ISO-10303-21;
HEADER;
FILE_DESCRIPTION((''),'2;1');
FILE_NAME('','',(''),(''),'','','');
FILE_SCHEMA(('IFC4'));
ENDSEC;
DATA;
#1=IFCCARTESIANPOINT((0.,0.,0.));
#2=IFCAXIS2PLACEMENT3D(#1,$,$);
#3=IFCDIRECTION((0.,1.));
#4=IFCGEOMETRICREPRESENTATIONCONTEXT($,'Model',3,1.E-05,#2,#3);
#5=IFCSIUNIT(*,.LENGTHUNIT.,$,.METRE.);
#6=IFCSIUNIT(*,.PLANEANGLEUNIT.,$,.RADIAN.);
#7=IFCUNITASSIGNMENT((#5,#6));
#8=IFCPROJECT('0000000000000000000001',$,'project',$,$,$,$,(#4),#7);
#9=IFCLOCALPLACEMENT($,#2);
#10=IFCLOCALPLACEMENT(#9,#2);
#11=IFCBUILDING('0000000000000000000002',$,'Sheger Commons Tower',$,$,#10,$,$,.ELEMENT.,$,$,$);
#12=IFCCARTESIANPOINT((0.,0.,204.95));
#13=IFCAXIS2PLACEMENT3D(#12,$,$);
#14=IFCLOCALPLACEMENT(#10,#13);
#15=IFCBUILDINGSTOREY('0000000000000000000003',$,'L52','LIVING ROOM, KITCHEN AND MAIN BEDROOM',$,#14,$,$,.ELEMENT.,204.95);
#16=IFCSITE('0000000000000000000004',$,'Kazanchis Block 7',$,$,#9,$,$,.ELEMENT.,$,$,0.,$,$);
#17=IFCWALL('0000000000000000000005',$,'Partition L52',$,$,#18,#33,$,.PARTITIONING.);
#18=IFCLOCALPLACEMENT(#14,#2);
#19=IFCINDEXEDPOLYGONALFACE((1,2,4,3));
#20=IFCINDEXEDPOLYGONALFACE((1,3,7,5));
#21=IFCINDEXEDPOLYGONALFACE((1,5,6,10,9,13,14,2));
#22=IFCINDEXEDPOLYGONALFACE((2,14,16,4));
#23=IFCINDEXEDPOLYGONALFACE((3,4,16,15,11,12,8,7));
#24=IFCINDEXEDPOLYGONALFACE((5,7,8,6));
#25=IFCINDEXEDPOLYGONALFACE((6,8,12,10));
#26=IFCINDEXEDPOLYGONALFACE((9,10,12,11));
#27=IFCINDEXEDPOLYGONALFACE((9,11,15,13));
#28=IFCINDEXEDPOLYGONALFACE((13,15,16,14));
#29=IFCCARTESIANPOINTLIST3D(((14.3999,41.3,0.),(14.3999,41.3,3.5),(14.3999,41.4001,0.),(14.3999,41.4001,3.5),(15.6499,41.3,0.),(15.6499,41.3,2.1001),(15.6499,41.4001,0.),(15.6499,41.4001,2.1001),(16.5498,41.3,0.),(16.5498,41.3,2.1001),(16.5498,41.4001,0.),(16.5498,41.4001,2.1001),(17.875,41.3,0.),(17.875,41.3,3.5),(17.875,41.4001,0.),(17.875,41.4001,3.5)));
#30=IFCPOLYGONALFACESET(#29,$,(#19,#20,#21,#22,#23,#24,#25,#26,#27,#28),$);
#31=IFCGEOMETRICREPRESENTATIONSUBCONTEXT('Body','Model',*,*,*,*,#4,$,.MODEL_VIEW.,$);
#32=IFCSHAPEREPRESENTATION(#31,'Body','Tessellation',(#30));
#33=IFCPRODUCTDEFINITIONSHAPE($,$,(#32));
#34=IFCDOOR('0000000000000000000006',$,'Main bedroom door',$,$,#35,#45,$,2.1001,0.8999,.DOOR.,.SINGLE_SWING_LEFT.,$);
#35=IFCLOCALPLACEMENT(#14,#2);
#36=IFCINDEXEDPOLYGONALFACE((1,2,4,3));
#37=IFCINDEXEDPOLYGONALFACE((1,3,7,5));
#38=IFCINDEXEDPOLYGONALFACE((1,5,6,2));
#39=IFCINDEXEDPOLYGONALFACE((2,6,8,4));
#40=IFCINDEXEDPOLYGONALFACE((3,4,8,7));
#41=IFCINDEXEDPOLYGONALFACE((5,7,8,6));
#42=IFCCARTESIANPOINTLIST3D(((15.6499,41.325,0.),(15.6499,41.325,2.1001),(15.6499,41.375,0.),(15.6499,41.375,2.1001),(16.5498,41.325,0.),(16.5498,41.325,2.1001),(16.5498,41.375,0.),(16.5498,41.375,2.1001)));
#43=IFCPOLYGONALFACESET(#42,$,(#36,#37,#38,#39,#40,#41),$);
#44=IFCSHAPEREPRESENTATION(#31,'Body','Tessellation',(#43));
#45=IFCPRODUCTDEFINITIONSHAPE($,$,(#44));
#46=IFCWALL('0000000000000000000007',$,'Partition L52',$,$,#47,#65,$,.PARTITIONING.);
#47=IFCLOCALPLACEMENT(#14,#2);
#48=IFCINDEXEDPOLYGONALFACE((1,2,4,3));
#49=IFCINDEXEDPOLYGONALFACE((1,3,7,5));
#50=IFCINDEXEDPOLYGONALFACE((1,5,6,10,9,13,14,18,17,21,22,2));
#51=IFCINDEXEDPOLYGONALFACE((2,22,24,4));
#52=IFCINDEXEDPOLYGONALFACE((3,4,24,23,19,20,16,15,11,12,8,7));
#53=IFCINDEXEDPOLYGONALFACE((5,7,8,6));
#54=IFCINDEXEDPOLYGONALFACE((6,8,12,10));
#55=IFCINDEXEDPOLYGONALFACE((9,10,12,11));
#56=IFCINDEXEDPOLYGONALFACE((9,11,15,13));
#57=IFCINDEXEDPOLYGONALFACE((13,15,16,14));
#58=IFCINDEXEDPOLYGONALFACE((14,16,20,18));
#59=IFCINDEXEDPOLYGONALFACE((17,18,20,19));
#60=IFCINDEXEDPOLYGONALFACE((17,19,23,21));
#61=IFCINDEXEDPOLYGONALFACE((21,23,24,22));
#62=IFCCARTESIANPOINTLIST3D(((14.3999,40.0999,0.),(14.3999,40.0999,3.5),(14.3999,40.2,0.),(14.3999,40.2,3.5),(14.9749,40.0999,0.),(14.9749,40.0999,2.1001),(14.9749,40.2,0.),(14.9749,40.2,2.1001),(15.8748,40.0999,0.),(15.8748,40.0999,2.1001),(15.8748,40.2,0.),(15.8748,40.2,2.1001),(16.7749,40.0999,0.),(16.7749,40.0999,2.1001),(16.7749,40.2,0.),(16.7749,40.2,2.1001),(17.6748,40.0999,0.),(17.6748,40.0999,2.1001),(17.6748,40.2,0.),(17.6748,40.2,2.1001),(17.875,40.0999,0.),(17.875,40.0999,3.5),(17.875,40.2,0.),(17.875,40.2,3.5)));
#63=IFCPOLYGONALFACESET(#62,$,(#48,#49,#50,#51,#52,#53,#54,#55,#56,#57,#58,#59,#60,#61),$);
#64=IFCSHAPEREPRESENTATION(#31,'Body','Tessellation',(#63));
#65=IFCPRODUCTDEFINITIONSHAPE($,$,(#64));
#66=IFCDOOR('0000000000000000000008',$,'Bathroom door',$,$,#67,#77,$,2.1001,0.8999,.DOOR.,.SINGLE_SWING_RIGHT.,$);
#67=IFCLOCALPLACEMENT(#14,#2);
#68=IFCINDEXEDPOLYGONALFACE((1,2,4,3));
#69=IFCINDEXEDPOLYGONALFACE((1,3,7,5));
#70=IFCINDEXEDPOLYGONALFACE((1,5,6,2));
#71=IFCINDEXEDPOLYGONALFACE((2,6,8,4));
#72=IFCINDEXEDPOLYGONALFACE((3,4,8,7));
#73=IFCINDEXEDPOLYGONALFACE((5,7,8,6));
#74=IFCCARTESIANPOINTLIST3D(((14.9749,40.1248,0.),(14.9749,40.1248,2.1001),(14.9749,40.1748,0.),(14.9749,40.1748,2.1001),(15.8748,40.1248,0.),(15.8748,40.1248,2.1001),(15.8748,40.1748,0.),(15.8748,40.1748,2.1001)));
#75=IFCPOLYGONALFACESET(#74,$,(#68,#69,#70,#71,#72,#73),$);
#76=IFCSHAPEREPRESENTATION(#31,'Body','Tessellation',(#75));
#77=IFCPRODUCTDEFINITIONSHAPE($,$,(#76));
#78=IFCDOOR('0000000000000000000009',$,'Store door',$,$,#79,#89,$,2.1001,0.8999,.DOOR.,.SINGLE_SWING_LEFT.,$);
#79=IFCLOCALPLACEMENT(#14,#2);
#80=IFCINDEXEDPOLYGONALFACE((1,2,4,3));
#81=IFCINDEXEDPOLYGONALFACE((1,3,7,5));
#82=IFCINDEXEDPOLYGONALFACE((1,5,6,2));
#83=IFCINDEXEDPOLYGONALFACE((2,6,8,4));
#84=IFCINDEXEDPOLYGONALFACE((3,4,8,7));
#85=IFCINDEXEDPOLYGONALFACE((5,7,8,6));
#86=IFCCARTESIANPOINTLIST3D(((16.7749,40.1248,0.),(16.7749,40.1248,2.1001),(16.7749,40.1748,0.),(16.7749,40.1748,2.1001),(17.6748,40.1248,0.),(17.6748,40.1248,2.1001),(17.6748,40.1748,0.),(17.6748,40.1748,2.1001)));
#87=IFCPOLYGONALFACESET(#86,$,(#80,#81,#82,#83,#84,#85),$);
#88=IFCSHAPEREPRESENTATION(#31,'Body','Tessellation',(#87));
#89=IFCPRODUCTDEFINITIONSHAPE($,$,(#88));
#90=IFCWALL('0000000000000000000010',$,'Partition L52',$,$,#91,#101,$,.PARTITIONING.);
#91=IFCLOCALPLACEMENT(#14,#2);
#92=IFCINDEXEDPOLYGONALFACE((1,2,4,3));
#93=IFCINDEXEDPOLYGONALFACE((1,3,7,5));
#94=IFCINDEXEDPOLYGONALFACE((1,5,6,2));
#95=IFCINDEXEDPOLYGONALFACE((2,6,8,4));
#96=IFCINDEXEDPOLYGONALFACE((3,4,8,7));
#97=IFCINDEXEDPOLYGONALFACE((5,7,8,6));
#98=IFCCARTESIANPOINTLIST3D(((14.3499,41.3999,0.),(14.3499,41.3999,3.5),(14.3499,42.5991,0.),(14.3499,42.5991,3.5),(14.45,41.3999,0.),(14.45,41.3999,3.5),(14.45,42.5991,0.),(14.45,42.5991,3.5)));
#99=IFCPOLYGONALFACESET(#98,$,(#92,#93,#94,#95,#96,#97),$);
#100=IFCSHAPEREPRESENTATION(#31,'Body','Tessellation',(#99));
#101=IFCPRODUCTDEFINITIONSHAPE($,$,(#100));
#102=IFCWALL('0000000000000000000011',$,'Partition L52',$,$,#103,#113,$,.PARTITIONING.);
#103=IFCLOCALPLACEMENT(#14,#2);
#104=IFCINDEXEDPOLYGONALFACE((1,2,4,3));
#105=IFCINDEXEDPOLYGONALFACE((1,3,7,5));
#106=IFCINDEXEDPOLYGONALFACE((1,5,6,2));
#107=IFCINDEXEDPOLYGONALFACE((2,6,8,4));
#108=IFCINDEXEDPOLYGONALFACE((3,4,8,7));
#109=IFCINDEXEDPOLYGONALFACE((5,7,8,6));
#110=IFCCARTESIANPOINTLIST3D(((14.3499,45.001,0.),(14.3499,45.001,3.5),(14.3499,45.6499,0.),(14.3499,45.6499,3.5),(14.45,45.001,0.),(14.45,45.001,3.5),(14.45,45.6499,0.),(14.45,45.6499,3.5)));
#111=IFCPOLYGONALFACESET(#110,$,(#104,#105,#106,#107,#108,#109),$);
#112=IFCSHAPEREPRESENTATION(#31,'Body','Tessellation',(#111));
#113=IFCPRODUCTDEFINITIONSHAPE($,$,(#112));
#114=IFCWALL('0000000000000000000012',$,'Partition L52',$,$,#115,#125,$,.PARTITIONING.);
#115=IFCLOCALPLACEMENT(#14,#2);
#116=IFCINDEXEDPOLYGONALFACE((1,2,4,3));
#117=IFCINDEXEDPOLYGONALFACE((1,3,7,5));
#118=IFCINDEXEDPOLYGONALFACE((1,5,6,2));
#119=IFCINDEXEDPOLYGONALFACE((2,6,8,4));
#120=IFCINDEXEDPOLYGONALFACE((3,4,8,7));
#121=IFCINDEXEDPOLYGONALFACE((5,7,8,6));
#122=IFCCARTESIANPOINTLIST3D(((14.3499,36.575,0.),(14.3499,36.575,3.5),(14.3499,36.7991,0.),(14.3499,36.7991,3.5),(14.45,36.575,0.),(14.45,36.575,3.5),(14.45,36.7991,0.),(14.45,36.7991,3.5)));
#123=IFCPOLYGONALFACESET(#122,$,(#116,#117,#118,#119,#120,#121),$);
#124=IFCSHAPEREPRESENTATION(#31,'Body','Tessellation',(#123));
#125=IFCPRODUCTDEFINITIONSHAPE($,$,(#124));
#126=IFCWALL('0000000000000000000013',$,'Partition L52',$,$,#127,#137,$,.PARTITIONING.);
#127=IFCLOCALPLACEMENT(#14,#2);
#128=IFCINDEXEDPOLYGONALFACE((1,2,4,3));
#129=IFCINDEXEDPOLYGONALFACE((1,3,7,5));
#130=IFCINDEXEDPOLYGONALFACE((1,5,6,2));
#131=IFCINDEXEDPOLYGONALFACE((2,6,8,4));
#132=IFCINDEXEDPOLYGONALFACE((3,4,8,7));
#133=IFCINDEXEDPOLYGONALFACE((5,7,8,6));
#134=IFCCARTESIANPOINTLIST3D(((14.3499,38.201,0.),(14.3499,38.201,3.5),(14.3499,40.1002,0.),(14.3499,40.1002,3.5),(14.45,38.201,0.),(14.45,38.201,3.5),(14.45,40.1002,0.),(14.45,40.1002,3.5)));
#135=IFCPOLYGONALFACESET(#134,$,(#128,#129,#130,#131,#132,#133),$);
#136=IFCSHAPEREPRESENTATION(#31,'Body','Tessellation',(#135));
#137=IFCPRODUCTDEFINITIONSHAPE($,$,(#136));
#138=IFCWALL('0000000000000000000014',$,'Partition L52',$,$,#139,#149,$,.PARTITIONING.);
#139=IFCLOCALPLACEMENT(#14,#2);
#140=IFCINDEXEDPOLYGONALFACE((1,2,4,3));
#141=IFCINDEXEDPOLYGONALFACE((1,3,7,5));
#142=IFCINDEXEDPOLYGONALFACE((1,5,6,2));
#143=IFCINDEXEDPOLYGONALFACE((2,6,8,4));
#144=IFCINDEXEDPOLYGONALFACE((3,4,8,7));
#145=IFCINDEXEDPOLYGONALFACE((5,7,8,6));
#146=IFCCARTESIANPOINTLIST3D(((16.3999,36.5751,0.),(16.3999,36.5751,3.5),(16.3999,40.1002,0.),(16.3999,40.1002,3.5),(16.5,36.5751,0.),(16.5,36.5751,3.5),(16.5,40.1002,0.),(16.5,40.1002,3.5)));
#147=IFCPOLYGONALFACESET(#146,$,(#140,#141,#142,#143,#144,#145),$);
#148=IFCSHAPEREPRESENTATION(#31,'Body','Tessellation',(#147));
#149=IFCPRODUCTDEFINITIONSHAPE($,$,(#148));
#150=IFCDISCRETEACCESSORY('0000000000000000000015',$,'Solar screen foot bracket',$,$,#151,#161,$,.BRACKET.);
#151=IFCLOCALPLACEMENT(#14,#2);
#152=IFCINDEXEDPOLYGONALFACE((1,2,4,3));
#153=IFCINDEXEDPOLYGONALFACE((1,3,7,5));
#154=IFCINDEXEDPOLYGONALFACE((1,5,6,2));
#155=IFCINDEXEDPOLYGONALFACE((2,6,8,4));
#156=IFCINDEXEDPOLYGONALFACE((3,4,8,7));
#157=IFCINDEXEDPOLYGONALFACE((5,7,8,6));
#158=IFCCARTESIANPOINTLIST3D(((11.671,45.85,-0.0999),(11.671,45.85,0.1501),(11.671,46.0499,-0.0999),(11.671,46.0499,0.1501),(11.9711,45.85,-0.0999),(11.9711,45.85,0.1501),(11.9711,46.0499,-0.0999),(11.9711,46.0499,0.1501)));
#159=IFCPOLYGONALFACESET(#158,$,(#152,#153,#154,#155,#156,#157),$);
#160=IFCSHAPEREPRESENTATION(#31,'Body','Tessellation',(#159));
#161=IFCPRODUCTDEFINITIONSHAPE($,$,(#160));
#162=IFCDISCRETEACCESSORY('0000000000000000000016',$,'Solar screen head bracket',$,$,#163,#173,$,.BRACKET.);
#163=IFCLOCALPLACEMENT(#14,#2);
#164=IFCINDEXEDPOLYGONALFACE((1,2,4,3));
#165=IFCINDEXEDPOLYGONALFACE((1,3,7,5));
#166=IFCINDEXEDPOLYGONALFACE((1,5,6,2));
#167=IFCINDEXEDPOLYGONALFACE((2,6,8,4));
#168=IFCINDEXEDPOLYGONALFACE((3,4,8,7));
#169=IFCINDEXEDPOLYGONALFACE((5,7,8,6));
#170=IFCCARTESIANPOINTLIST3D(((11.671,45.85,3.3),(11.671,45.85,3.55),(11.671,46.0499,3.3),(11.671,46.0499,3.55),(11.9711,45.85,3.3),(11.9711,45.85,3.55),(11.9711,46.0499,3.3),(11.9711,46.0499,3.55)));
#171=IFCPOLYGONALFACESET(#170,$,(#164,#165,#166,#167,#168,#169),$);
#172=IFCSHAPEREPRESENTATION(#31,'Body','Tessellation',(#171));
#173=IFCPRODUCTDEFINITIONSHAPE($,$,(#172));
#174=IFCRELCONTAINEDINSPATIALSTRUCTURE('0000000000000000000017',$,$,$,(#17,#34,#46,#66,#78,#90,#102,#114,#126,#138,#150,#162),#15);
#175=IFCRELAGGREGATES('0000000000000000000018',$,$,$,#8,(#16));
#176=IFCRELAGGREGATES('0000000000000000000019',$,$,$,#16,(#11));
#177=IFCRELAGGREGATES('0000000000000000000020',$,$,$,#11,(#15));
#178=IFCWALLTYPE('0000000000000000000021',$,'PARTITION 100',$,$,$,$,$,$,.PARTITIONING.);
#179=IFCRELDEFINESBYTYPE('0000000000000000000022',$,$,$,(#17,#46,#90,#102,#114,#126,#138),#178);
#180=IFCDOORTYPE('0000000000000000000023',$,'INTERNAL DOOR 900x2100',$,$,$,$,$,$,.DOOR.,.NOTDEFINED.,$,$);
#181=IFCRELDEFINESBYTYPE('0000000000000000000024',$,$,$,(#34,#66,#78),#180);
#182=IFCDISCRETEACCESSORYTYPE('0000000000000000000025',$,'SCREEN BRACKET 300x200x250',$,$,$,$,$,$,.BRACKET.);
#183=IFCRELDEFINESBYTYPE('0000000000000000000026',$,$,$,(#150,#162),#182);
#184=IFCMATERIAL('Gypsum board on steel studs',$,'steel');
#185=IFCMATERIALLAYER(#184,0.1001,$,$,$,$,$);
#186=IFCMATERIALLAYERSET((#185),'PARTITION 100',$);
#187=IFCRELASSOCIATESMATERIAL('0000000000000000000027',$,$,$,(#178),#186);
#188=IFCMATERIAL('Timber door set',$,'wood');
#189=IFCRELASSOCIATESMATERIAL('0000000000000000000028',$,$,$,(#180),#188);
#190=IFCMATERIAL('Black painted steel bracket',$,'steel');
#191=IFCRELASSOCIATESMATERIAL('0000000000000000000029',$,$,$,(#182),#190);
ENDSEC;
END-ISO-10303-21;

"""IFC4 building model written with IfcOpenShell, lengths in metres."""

from ifc_helpers import new_model, si_unit, direction, frame, frame_2d, origin, origin_2d, place, context, subcontext, project, spatial, rectangle, extrude, material, layer, layer_set, type_object, element, fill, save


model = new_model("IFC4")

# Units and contexts
model_context = context("Model", 3, precision=1e-05, world=origin(), true_north=direction((0.0, 1.0)))
body_context = subcontext(model_context, "Body", "Model", "MODEL_VIEW")
ifc_project = project(units=[si_unit("LENGTHUNIT", "METRE"), si_unit("PLANEANGLEUNIT", "RADIAN")], contexts=[model_context])

# Site, building, storey
site_placement = place(None, origin())
site = spatial("IfcSite", under=ifc_project, at=site_placement, Name="Kazanchis Block 7", CompositionType="ELEMENT", RefElevation=0.0)
building_placement = place(site_placement, origin())
building = spatial("IfcBuilding", under=site, at=building_placement, Name="Sheger Commons Tower", CompositionType="ELEMENT")
storey_placement = place(building_placement, frame((0.0, 0.0, 204.95)))
storey = spatial("IfcBuildingStorey", under=building, at=storey_placement, Name="L52", Description="LIVING ROOM, KITCHEN AND MAIN BEDROOM", CompositionType="ELEMENT", Elevation=204.95)

# Wall, opening, door
ifc_material_1 = material(Name="Gypsum board on steel studs", Category="steel")
ifc_layer_1 = layer(ifc_material_1, 0.1001)
ifc_layer_set_1 = layer_set([ifc_layer_1], Name="PARTITION 100")
wall_type_1 = type_object("IfcWallType", Name="PARTITION 100", PredefinedType="PARTITIONING", material=ifc_layer_set_1)
wall_1_placement = place(storey_placement, frame((14.3999, 41.3501, 0.0), z_axis=(0.0, 0.0, 1.0), x_axis=(1.0, 0.0, 0.0)))
wall_1 = element("IfcWall", 1, at=wall_1_placement, inside=storey, type_object=wall_type_1, Name="Partition L52", PredefinedType="PARTITIONING", context=body_context, shape_type="SweptSolid", body=[
    extrude(rectangle(XDim=3.4751, YDim=0.1001, at=frame_2d((1.7375, 0.0))), origin(), (0.0, 0.0, 1.0), 3.5),
])
opening_1_placement = place(wall_1_placement, frame((1.25, 0.0, 0.0)))
opening_1 = element("IfcOpeningElement", 2, at=opening_1_placement, cuts=wall_1, PredefinedType="OPENING", context=body_context, shape_type="SweptSolid", body=[
    extrude(rectangle(XDim=0.8999, YDim=2.1001, at=frame_2d((0.45, 1.05))), frame((0.0, 0.0601, 0.0), z_axis=(0.0, -1.0, 0.0), x_axis=(1.0, 0.0, 0.0)), (0.0, 0.0, 1.0), 0.1201),
])
ifc_material_2 = material(Name="Timber door set", Category="wood")
door_type_1 = type_object("IfcDoorType", Name="INTERNAL DOOR 900x2100", OperationType="NOTDEFINED", PredefinedType="DOOR", material=ifc_material_2)
door_1_placement = place(opening_1_placement, origin())
door_1 = element("IfcDoor", 3, at=door_1_placement, inside=storey, type_object=door_type_1, Name="Main bedroom door", OperationType="SINGLE_SWING_LEFT", OverallHeight=2.1001, OverallWidth=0.8999, PredefinedType="DOOR", context=body_context, shape_type="SweptSolid", body=[
    extrude(rectangle(XDim=0.8999, YDim=2.1001, at=frame_2d((0.45, 1.05))), frame((0.0, 0.0249, 0.0), z_axis=(0.0, -1.0, 0.0), x_axis=(1.0, 0.0, 0.0)), (0.0, 0.0, 1.0), 0.05),
])
fill(opening_1, door_1)

# Wall, openings, doors
wall_2_placement = place(storey_placement, frame((14.3999, 40.1499, 0.0), z_axis=(0.0, 0.0, 1.0), x_axis=(1.0, 0.0, 0.0)))
wall_2 = element("IfcWall", 4, at=wall_2_placement, inside=storey, type_object=wall_type_1, Name="Partition L52", PredefinedType="PARTITIONING", context=body_context, shape_type="SweptSolid", body=[
    extrude(rectangle(XDim=3.4751, YDim=0.1001, at=frame_2d((1.7375, 0.0))), origin(), (0.0, 0.0, 1.0), 3.5),
])
opening_2_placement = place(wall_2_placement, frame((0.575, 0.0, 0.0)))
opening_2 = element("IfcOpeningElement", 5, at=opening_2_placement, cuts=wall_2, PredefinedType="OPENING", context=body_context, shape_type="SweptSolid", body=[
    extrude(rectangle(XDim=0.8999, YDim=2.1001, at=frame_2d((0.45, 1.05))), frame((0.0, 0.0601, 0.0), z_axis=(0.0, -1.0, 0.0), x_axis=(1.0, 0.0, 0.0)), (0.0, 0.0, 1.0), 0.1201),
])
opening_3_placement = place(wall_2_placement, frame((2.375, 0.0, 0.0)))
opening_3 = element("IfcOpeningElement", 6, at=opening_3_placement, cuts=wall_2, PredefinedType="OPENING", context=body_context, shape_type="SweptSolid", body=[
    extrude(rectangle(XDim=0.8999, YDim=2.1001, at=frame_2d((0.45, 1.05))), frame((0.0, 0.0601, 0.0), z_axis=(0.0, -1.0, 0.0), x_axis=(1.0, 0.0, 0.0)), (0.0, 0.0, 1.0), 0.1201),
])
door_2_placement = place(opening_2_placement, origin())
door_2 = element("IfcDoor", 7, at=door_2_placement, inside=storey, type_object=door_type_1, Name="Bathroom door", OperationType="SINGLE_SWING_RIGHT", OverallHeight=2.1001, OverallWidth=0.8999, PredefinedType="DOOR", context=body_context, shape_type="SweptSolid", body=[
    extrude(rectangle(XDim=0.8999, YDim=2.1001, at=frame_2d((0.45, 1.05))), frame((0.0, 0.0249, 0.0), z_axis=(0.0, -1.0, 0.0), x_axis=(1.0, 0.0, 0.0)), (0.0, 0.0, 1.0), 0.05),
])
fill(opening_2, door_2)
door_3_placement = place(opening_3_placement, origin())
door_3 = element("IfcDoor", 8, at=door_3_placement, inside=storey, type_object=door_type_1, Name="Store door", OperationType="SINGLE_SWING_LEFT", OverallHeight=2.1001, OverallWidth=0.8999, PredefinedType="DOOR", context=body_context, shape_type="SweptSolid", body=[
    extrude(rectangle(XDim=0.8999, YDim=2.1001, at=frame_2d((0.45, 1.05))), frame((0.0, 0.0249, 0.0), z_axis=(0.0, -1.0, 0.0), x_axis=(1.0, 0.0, 0.0)), (0.0, 0.0, 1.0), 0.05),
])
fill(opening_3, door_3)

# Walls
wall_3_placement = place(storey_placement, frame((14.3999, 41.3999, 0.0), z_axis=(0.0, 0.0, 1.0), x_axis=(0.0, 1.0, 0.0)))
element("IfcWall", 9, at=wall_3_placement, inside=storey, type_object=wall_type_1, Name="Partition L52", PredefinedType="PARTITIONING", context=body_context, shape_type="SweptSolid", body=[
    extrude(rectangle(XDim=1.1992, YDim=0.1001, at=frame_2d((0.5996, 0.0))), origin(), (0.0, 0.0, 1.0), 3.5),
])
wall_4_placement = place(storey_placement, frame((14.3999, 45.001, 0.0), z_axis=(0.0, 0.0, 1.0), x_axis=(0.0, 1.0, 0.0)))
element("IfcWall", 10, at=wall_4_placement, inside=storey, type_object=wall_type_1, Name="Partition L52", PredefinedType="PARTITIONING", context=body_context, shape_type="SweptSolid", body=[
    extrude(rectangle(XDim=0.6489, YDim=0.1001, at=frame_2d((0.3245, 0.0))), origin(), (0.0, 0.0, 1.0), 3.5),
])
wall_5_placement = place(storey_placement, frame((14.3999, 36.575, 0.0), z_axis=(0.0, 0.0, 1.0), x_axis=(0.0, 1.0, 0.0)))
element("IfcWall", 11, at=wall_5_placement, inside=storey, type_object=wall_type_1, Name="Partition L52", PredefinedType="PARTITIONING", context=body_context, shape_type="SweptSolid", body=[
    extrude(rectangle(XDim=0.2241, YDim=0.1001, at=frame_2d((0.1121, 0.0))), origin(), (0.0, 0.0, 1.0), 3.5),
])
wall_6_placement = place(storey_placement, frame((14.3999, 38.2009, 0.0), z_axis=(0.0, 0.0, 1.0), x_axis=(0.0, 1.0, 0.0)))
element("IfcWall", 12, at=wall_6_placement, inside=storey, type_object=wall_type_1, Name="Partition L52", PredefinedType="PARTITIONING", context=body_context, shape_type="SweptSolid", body=[
    extrude(rectangle(XDim=1.8992, YDim=0.1001, at=frame_2d((0.9497, 0.0))), origin(), (0.0, 0.0, 1.0), 3.5),
])
wall_7_placement = place(storey_placement, frame((16.45, 36.575, 0.0), z_axis=(0.0, 0.0, 1.0), x_axis=(0.0, 1.0, 0.0)))
element("IfcWall", 13, at=wall_7_placement, inside=storey, type_object=wall_type_1, Name="Partition L52", PredefinedType="PARTITIONING", context=body_context, shape_type="SweptSolid", body=[
    extrude(rectangle(XDim=3.5251, YDim=0.1001, at=frame_2d((1.7627, 0.0))), origin(), (0.0, 0.0, 1.0), 3.5),
])

# Discrete accessories
ifc_material_3 = material(Name="Black painted steel bracket", Category="steel")
discrete_accessory_type = type_object("IfcDiscreteAccessoryType", Name="SCREEN BRACKET 300x200x250", PredefinedType="BRACKET", material=ifc_material_3)
for number, where, z_axis, x_axis, name in (
    (14, (11.821, 45.95, -0.0999), (0.0, 0.0, 1.0), (-1.0, 0.0, 0.0), "Solar screen foot bracket"),
    (15, (11.821, 45.95, 3.3), (0.0, 0.0, 1.0), (-1.0, 0.0, 0.0), "Solar screen head bracket"),
):
    element("IfcDiscreteAccessory", number, at=place(storey_placement, frame(where, z_axis=z_axis, x_axis=x_axis)), inside=storey, type_object=discrete_accessory_type, Name=name, PredefinedType="BRACKET", context=body_context, shape_type="SweptSolid", body=[
        extrude(rectangle(XDim=0.3, YDim=0.2, at=origin_2d()), origin(), (0.0, 0.0, 1.0), 0.25),
    ])

save(model, "model.ifc")
